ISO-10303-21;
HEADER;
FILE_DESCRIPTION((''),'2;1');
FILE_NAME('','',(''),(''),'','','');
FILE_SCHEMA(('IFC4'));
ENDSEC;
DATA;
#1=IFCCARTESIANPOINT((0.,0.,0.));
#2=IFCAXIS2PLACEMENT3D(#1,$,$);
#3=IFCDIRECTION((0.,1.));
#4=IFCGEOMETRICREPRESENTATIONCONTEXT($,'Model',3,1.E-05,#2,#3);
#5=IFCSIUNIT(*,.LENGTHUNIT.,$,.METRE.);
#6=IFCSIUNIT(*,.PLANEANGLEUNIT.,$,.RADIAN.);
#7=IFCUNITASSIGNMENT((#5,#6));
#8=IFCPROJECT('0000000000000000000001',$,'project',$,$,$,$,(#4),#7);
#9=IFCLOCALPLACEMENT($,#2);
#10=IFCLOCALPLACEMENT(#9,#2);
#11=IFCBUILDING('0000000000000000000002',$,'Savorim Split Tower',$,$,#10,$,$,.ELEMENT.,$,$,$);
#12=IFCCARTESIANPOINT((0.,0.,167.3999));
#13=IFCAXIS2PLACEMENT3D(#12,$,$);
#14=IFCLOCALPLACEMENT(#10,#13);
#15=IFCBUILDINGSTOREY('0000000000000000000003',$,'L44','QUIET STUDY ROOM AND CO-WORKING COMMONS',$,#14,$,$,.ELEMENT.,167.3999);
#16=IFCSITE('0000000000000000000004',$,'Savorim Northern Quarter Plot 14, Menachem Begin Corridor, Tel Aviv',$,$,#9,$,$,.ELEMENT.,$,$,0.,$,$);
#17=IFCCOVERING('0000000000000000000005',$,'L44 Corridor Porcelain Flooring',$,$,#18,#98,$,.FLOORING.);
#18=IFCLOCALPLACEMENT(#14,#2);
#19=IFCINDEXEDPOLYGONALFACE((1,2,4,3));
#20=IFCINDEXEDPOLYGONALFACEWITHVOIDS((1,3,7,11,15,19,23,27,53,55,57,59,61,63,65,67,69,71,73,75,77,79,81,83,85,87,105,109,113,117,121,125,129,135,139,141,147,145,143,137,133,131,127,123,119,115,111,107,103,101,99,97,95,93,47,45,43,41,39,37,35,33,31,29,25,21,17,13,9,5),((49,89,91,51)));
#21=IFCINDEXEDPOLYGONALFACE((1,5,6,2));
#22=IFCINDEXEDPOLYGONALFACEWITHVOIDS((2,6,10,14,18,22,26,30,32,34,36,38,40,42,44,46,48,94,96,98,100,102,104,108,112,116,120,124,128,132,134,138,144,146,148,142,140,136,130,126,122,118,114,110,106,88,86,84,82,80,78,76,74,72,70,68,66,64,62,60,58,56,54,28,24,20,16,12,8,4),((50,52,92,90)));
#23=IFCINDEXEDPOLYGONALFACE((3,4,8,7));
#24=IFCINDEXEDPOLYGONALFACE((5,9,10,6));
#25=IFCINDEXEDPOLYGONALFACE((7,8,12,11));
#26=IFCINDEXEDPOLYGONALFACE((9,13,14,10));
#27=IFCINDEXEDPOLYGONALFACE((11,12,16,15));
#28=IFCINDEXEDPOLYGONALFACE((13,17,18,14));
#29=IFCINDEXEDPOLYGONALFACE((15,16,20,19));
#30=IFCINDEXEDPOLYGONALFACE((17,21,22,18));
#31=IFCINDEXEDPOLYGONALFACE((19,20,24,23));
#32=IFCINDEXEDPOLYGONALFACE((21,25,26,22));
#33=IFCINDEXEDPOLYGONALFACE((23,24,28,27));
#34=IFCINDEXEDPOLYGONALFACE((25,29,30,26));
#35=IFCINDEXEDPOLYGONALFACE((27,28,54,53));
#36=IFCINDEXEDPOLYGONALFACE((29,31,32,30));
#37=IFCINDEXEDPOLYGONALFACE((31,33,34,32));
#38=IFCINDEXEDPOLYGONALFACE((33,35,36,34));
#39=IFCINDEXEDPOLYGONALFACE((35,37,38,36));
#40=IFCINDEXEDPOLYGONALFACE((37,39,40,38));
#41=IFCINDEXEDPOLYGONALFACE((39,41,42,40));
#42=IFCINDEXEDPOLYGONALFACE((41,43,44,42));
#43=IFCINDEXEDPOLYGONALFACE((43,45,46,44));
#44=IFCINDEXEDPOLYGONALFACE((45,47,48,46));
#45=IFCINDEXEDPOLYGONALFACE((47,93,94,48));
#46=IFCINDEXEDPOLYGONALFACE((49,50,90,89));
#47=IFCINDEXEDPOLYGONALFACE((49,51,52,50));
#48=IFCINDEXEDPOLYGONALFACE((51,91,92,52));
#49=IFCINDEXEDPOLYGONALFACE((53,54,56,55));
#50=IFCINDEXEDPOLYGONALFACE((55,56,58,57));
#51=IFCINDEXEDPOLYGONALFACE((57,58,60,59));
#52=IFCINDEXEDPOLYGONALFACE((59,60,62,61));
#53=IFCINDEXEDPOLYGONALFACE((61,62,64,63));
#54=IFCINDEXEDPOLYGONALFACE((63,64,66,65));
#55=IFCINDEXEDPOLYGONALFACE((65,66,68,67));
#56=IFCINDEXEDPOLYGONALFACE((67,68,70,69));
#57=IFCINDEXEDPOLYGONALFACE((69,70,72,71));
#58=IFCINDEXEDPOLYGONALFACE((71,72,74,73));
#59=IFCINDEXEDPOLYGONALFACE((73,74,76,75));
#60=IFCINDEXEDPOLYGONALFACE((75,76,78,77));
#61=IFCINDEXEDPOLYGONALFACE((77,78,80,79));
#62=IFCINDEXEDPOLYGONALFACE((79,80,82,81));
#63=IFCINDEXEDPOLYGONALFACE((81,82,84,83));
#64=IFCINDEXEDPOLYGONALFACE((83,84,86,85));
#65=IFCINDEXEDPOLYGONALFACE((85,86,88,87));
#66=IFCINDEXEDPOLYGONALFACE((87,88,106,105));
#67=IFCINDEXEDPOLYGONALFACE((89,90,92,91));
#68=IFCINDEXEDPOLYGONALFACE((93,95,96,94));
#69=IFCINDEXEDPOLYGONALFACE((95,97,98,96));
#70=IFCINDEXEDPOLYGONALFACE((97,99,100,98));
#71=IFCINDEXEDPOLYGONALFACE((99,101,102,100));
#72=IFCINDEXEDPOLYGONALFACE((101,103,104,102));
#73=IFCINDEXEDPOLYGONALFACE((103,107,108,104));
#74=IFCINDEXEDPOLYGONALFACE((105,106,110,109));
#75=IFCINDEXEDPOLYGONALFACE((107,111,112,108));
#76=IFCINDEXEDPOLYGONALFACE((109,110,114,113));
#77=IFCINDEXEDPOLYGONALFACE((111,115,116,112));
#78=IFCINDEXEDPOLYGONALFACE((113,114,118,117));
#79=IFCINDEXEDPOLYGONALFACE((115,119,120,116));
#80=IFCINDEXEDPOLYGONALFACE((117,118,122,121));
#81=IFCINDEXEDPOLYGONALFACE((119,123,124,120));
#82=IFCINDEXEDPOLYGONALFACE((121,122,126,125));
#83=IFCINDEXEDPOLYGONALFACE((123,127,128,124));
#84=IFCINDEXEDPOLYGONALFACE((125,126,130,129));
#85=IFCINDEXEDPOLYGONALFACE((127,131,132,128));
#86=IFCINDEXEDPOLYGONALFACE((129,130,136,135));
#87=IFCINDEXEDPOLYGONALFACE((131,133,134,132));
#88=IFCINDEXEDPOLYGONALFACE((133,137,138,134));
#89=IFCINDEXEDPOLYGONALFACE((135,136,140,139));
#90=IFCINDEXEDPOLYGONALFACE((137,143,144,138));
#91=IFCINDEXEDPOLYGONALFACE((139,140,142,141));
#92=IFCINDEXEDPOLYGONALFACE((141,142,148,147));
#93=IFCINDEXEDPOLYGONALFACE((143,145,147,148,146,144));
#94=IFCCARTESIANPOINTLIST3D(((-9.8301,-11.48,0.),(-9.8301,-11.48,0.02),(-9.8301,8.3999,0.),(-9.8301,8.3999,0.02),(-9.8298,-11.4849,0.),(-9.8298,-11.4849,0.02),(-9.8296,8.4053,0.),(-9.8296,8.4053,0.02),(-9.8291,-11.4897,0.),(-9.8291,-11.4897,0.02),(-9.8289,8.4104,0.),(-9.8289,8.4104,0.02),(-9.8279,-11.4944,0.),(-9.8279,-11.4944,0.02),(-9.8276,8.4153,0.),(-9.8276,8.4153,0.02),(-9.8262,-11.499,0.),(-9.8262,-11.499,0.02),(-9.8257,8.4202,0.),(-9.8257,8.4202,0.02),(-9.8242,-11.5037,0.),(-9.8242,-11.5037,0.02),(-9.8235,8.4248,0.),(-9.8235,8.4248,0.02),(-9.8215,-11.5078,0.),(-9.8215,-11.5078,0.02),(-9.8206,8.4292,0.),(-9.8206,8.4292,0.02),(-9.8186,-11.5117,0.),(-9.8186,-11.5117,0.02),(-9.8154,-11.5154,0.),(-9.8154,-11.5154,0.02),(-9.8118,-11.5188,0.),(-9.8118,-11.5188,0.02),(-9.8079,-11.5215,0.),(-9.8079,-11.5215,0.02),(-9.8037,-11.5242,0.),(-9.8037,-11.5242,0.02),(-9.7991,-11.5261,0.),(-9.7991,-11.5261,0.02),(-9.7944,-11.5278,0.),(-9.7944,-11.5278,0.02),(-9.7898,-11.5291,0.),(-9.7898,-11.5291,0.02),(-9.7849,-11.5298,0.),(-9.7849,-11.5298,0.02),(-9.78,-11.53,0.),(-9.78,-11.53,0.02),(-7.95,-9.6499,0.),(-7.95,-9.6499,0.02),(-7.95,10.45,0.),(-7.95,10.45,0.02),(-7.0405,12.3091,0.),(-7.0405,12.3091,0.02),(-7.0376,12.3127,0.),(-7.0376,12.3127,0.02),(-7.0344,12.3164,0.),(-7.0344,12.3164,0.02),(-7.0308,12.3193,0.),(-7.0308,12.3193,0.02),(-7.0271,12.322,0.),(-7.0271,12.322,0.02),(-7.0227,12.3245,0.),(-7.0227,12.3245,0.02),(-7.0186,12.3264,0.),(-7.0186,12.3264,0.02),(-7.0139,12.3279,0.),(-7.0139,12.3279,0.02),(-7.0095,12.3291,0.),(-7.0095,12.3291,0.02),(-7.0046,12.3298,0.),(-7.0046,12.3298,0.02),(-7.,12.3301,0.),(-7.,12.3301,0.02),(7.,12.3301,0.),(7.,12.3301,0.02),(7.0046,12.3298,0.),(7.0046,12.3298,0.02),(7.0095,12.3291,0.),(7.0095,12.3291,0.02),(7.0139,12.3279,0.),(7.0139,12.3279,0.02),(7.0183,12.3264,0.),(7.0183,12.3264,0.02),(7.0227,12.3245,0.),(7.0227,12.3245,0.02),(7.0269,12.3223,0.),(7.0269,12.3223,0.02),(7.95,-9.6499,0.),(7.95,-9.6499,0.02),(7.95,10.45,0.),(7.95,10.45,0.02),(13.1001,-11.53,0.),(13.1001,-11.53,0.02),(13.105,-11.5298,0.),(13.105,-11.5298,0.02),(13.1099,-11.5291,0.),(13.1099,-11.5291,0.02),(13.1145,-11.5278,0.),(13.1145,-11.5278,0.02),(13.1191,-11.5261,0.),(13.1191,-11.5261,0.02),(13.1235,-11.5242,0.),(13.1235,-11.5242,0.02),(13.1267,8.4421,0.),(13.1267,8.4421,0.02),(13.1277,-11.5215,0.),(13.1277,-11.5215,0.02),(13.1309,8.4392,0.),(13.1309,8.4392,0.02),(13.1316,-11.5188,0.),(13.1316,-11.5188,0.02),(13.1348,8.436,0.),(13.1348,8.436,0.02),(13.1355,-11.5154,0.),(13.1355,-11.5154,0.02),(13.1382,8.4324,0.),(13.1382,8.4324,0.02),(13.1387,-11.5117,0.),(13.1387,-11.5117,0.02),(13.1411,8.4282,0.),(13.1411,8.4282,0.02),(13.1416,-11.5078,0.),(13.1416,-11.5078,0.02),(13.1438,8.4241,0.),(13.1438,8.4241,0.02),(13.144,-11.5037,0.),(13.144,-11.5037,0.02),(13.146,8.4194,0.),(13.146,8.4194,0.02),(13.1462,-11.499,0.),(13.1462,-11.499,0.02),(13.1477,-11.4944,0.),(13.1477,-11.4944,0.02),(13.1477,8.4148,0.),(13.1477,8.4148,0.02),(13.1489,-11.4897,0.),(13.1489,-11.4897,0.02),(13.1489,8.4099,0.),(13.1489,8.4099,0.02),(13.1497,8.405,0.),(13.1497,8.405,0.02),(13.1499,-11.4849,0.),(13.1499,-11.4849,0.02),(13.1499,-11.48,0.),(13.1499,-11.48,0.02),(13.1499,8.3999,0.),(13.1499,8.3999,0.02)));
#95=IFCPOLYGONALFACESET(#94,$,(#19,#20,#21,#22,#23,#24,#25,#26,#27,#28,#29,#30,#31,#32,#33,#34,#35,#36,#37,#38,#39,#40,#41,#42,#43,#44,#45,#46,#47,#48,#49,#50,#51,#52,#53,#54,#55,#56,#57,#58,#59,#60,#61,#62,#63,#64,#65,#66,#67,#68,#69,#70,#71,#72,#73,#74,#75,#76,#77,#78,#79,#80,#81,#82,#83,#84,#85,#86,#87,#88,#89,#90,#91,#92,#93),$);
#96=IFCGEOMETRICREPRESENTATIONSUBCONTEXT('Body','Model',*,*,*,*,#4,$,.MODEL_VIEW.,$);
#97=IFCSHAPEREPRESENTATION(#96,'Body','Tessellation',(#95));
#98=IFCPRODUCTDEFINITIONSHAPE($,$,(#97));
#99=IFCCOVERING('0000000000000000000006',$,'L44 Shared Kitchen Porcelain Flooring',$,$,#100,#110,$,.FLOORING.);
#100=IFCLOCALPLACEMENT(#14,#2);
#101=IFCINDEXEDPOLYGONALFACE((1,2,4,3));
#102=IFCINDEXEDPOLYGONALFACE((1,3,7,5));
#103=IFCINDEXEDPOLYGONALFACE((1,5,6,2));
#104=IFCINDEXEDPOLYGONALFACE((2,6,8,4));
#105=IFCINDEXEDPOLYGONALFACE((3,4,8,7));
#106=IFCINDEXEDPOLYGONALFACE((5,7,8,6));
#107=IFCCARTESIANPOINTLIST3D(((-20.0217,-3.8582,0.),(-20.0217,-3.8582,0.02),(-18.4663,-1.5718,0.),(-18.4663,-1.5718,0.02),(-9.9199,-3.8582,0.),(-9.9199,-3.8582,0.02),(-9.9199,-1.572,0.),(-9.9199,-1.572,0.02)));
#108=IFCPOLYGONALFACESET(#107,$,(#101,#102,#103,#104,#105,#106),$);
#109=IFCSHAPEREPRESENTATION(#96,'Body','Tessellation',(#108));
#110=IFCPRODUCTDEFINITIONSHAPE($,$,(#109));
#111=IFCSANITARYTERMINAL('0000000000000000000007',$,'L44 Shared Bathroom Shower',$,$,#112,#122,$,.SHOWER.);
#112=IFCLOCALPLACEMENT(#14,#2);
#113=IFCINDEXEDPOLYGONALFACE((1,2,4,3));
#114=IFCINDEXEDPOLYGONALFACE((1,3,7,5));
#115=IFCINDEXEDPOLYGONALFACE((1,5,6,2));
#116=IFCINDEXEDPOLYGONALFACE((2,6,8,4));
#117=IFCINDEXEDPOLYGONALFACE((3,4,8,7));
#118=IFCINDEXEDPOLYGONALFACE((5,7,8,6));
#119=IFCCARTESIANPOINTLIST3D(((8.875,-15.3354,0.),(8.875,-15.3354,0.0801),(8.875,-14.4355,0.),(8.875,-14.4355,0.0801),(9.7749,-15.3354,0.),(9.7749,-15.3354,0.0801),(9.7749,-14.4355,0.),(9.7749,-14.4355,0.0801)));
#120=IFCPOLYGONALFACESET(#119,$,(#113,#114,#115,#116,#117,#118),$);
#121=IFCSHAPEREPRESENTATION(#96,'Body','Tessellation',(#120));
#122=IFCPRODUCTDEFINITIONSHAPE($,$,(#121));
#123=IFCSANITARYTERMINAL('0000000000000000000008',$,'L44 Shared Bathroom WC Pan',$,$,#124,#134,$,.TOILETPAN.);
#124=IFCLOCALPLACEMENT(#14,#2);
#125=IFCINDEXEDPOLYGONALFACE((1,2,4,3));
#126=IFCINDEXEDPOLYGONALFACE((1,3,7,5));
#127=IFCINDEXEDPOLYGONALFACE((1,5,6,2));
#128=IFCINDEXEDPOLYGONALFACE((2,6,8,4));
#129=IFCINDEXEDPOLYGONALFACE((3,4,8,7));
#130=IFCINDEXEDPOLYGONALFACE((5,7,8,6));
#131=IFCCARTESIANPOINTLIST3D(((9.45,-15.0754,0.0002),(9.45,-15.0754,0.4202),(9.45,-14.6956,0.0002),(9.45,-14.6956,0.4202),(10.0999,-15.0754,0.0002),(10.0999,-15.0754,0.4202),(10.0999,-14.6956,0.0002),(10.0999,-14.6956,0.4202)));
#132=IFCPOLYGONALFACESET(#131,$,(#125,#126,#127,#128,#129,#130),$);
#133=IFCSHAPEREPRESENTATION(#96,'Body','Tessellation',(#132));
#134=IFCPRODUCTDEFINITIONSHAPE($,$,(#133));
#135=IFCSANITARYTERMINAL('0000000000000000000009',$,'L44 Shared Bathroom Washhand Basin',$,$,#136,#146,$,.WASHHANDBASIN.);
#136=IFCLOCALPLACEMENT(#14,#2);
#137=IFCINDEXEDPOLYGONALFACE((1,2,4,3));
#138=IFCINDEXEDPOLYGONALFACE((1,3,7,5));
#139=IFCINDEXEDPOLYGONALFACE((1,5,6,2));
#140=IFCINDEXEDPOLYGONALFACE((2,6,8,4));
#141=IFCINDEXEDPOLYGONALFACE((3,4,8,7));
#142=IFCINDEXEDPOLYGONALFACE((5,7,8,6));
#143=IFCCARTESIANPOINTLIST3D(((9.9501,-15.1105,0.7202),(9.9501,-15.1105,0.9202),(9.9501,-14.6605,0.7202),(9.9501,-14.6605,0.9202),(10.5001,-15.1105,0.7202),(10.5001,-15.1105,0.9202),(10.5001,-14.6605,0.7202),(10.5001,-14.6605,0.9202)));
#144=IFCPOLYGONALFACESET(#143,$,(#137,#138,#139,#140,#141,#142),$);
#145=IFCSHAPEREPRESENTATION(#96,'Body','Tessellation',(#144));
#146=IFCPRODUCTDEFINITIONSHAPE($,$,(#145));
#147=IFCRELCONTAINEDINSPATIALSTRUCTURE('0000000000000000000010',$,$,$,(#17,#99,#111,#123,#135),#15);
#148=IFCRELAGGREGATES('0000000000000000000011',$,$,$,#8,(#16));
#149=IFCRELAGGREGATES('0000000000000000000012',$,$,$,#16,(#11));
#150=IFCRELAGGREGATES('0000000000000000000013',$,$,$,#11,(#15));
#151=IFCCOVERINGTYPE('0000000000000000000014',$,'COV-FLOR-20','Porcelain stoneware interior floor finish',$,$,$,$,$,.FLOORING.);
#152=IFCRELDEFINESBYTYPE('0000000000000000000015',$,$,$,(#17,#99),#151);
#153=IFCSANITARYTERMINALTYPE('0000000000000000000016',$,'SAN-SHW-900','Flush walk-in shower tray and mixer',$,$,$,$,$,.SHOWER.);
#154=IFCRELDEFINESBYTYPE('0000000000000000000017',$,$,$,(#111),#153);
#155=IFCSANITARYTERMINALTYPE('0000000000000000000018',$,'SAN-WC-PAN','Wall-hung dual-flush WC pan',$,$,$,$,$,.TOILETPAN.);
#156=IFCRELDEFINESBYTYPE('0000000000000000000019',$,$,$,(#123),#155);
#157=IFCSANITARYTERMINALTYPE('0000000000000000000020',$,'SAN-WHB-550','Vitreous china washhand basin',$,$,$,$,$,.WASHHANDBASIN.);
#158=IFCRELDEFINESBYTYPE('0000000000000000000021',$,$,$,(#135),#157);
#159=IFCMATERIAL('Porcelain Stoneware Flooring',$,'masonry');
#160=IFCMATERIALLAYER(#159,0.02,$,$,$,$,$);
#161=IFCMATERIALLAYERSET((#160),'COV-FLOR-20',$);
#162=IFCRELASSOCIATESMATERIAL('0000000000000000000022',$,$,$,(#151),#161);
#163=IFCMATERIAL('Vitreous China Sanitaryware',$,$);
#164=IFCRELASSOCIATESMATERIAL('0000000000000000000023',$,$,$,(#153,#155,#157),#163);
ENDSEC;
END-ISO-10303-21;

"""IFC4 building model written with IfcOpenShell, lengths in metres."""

from ifc_helpers import new_model, si_unit, direction, frame, origin, origin_2d, place, context, subcontext, project, spatial, polyline, rectangle, outline, extrude, material, layer, layer_set, type_object, element, save


model = new_model("IFC4")

# Units and contexts
model_context = context("Model", 3, precision=1e-05, world=origin(), true_north=direction((0.0, 1.0)))
body_context = subcontext(model_context, "Body", "Model", "MODEL_VIEW")
ifc_project = project(units=[si_unit("LENGTHUNIT", "METRE"), si_unit("PLANEANGLEUNIT", "RADIAN")], contexts=[model_context])

# Site, building, storey
site_placement = place(None, origin())
site = spatial("IfcSite", under=ifc_project, at=site_placement, Name="Savorim Northern Quarter Plot 14, Menachem Begin Corridor, Tel Aviv", CompositionType="ELEMENT", RefElevation=0.0)
building_placement = place(site_placement, origin())
building = spatial("IfcBuilding", under=site, at=building_placement, Name="Savorim Split Tower", CompositionType="ELEMENT")
storey_placement = place(building_placement, frame((0.0, 0.0, 167.3999)))
storey = spatial("IfcBuildingStorey", under=building, at=storey_placement, Name="L44", Description="QUIET STUDY ROOM AND CO-WORKING COMMONS", CompositionType="ELEMENT", Elevation=167.3999)

# Coverings
ifc_material_1 = material(Name="Porcelain Stoneware Flooring", Category="masonry")
ifc_layer_1 = layer(ifc_material_1, 0.02)
ifc_layer_set_1 = layer_set([ifc_layer_1], Name="COV-FLOR-20")
covering_type_1 = type_object("IfcCoveringType", Name="COV-FLOR-20", Description="Porcelain stoneware interior floor finish", PredefinedType="FLOORING", material=ifc_layer_set_1)
covering_1_placement = place(storey_placement, origin())
element("IfcCovering", 1, at=covering_1_placement, inside=storey, type_object=covering_type_1, Name="L44 Corridor Porcelain Flooring", PredefinedType="FLOORING", context=body_context, shape_type="SweptSolid", body=[
    extrude(outline(polyline([(7.0095, 12.3291), (7.0046, 12.3298), (7.0, 12.3301), (-7.0, 12.3301), (-7.0046, 12.3298), (-7.0095, 12.3291), (-7.0139, 12.3279), (-7.0186, 12.3264), (-7.0227, 12.3245), (-7.0271, 12.322), (-7.0308, 12.3193), (-7.0344, 12.3164), (-7.0376, 12.3127), (-7.0405, 12.3091), (-9.8206, 8.4292), (-9.8235, 8.4248), (-9.8257, 8.4202), (-9.8276, 8.4153), (-9.8289, 8.4104), (-9.8296, 8.4053), (-9.8301, 8.3999), (-9.8301, -11.48), (-9.8298, -11.4849), (-9.8291, -11.4897), (-9.8279, -11.4944), (-9.8262, -11.499), (-9.8242, -11.5037), (-9.8215, -11.5078), (-9.8186, -11.5117), (-9.8154, -11.5154), (-9.8118, -11.5188), (-9.8079, -11.5215), (-9.8037, -11.5242), (-9.7991, -11.5261), (-9.7944, -11.5278), (-9.7898, -11.5291), (-9.7849, -11.5298), (-9.78, -11.53), (13.1001, -11.53), (13.105, -11.5298), (13.1099, -11.5291), (13.1145, -11.5278), (13.1191, -11.5261), (13.1235, -11.5242), (13.1277, -11.5215), (13.1316, -11.5188), (13.1355, -11.5154), (13.1387, -11.5117), (13.1416, -11.5078), (13.144, -11.5037), (13.1462, -11.499), (13.1477, -11.4944), (13.1489, -11.4897), (13.1499, -11.4849), (13.1499, -11.48), (13.1499, 8.3999), (13.1497, 8.405), (13.1489, 8.4099), (13.1477, 8.4148), (13.146, 8.4194), (13.1438, 8.4241), (13.1411, 8.4282), (13.1382, 8.4324), (13.1348, 8.436), (13.1309, 8.4392), (13.1267, 8.4421), (7.0269, 12.3223), (7.0227, 12.3245), (7.0183, 12.3264), (7.0139, 12.3279), (7.0095, 12.3291)]), holes=[polyline([(-7.95, 10.45), (-7.95, -9.6499), (7.95, -9.6499), (7.95, 10.45), (-7.95, 10.45)])]), origin(), (0.0, 0.0, 1.0), 0.02),
])
covering_2_placement = place(storey_placement, origin())
element("IfcCovering", 2, at=covering_2_placement, inside=storey, type_object=covering_type_1, Name="L44 Shared Kitchen Porcelain Flooring", PredefinedType="FLOORING", context=body_context, shape_type="SweptSolid", body=[
    extrude(outline(polyline([(-18.4663, -1.5718), (-20.0217, -3.8582), (-9.9199, -3.8582), (-9.9199, -1.572), (-18.4663, -1.5718)])), origin(), (0.0, 0.0, 1.0), 0.02),
])

# Sanitary terminals
ifc_material_2 = material(Name="Vitreous China Sanitaryware")
sanitary_terminal_type_1 = type_object("IfcSanitaryTerminalType", Name="SAN-SHW-900", Description="Flush walk-in shower tray and mixer", PredefinedType="SHOWER", material=ifc_material_2)
sanitary_terminal_1_placement = place(storey_placement, frame((9.325, -14.8855, 0.0), z_axis=(0.0, 0.0, 1.0), x_axis=(1.0, 0.0, 0.0)))
element("IfcSanitaryTerminal", 3, at=sanitary_terminal_1_placement, inside=storey, type_object=sanitary_terminal_type_1, Name="L44 Shared Bathroom Shower", PredefinedType="SHOWER", context=body_context, shape_type="SweptSolid", body=[
    extrude(rectangle(XDim=0.8999, YDim=0.8999, at=origin_2d()), origin(), (0.0, 0.0, 1.0), 0.0801),
])
sanitary_terminal_type_2 = type_object("IfcSanitaryTerminalType", Name="SAN-WC-PAN", Description="Wall-hung dual-flush WC pan", PredefinedType="TOILETPAN", material=ifc_material_2)
sanitary_terminal_2_placement = place(storey_placement, frame((9.7749, -14.8855, 0.0002), z_axis=(0.0, 0.0, 1.0), x_axis=(1.0, 0.0, 0.0)))
element("IfcSanitaryTerminal", 4, at=sanitary_terminal_2_placement, inside=storey, type_object=sanitary_terminal_type_2, Name="L44 Shared Bathroom WC Pan", PredefinedType="TOILETPAN", context=body_context, shape_type="SweptSolid", body=[
    extrude(rectangle(XDim=0.6499, YDim=0.3799, at=origin_2d()), origin(), (0.0, 0.0, 1.0), 0.4199),
])
sanitary_terminal_type_3 = type_object("IfcSanitaryTerminalType", Name="SAN-WHB-550", Description="Vitreous china washhand basin", PredefinedType="WASHHANDBASIN", material=ifc_material_2)
sanitary_terminal_3_placement = place(storey_placement, frame((10.2251, -14.8855, 0.7202), z_axis=(0.0, 0.0, 1.0), x_axis=(1.0, 0.0, 0.0)))
element("IfcSanitaryTerminal", 5, at=sanitary_terminal_3_placement, inside=storey, type_object=sanitary_terminal_type_3, Name="L44 Shared Bathroom Washhand Basin", PredefinedType="WASHHANDBASIN", context=body_context, shape_type="SweptSolid", body=[
    extrude(rectangle(XDim=0.55, YDim=0.45, at=origin_2d()), origin(), (0.0, 0.0, 1.0), 0.2),
])

save(model, "model.ifc")
